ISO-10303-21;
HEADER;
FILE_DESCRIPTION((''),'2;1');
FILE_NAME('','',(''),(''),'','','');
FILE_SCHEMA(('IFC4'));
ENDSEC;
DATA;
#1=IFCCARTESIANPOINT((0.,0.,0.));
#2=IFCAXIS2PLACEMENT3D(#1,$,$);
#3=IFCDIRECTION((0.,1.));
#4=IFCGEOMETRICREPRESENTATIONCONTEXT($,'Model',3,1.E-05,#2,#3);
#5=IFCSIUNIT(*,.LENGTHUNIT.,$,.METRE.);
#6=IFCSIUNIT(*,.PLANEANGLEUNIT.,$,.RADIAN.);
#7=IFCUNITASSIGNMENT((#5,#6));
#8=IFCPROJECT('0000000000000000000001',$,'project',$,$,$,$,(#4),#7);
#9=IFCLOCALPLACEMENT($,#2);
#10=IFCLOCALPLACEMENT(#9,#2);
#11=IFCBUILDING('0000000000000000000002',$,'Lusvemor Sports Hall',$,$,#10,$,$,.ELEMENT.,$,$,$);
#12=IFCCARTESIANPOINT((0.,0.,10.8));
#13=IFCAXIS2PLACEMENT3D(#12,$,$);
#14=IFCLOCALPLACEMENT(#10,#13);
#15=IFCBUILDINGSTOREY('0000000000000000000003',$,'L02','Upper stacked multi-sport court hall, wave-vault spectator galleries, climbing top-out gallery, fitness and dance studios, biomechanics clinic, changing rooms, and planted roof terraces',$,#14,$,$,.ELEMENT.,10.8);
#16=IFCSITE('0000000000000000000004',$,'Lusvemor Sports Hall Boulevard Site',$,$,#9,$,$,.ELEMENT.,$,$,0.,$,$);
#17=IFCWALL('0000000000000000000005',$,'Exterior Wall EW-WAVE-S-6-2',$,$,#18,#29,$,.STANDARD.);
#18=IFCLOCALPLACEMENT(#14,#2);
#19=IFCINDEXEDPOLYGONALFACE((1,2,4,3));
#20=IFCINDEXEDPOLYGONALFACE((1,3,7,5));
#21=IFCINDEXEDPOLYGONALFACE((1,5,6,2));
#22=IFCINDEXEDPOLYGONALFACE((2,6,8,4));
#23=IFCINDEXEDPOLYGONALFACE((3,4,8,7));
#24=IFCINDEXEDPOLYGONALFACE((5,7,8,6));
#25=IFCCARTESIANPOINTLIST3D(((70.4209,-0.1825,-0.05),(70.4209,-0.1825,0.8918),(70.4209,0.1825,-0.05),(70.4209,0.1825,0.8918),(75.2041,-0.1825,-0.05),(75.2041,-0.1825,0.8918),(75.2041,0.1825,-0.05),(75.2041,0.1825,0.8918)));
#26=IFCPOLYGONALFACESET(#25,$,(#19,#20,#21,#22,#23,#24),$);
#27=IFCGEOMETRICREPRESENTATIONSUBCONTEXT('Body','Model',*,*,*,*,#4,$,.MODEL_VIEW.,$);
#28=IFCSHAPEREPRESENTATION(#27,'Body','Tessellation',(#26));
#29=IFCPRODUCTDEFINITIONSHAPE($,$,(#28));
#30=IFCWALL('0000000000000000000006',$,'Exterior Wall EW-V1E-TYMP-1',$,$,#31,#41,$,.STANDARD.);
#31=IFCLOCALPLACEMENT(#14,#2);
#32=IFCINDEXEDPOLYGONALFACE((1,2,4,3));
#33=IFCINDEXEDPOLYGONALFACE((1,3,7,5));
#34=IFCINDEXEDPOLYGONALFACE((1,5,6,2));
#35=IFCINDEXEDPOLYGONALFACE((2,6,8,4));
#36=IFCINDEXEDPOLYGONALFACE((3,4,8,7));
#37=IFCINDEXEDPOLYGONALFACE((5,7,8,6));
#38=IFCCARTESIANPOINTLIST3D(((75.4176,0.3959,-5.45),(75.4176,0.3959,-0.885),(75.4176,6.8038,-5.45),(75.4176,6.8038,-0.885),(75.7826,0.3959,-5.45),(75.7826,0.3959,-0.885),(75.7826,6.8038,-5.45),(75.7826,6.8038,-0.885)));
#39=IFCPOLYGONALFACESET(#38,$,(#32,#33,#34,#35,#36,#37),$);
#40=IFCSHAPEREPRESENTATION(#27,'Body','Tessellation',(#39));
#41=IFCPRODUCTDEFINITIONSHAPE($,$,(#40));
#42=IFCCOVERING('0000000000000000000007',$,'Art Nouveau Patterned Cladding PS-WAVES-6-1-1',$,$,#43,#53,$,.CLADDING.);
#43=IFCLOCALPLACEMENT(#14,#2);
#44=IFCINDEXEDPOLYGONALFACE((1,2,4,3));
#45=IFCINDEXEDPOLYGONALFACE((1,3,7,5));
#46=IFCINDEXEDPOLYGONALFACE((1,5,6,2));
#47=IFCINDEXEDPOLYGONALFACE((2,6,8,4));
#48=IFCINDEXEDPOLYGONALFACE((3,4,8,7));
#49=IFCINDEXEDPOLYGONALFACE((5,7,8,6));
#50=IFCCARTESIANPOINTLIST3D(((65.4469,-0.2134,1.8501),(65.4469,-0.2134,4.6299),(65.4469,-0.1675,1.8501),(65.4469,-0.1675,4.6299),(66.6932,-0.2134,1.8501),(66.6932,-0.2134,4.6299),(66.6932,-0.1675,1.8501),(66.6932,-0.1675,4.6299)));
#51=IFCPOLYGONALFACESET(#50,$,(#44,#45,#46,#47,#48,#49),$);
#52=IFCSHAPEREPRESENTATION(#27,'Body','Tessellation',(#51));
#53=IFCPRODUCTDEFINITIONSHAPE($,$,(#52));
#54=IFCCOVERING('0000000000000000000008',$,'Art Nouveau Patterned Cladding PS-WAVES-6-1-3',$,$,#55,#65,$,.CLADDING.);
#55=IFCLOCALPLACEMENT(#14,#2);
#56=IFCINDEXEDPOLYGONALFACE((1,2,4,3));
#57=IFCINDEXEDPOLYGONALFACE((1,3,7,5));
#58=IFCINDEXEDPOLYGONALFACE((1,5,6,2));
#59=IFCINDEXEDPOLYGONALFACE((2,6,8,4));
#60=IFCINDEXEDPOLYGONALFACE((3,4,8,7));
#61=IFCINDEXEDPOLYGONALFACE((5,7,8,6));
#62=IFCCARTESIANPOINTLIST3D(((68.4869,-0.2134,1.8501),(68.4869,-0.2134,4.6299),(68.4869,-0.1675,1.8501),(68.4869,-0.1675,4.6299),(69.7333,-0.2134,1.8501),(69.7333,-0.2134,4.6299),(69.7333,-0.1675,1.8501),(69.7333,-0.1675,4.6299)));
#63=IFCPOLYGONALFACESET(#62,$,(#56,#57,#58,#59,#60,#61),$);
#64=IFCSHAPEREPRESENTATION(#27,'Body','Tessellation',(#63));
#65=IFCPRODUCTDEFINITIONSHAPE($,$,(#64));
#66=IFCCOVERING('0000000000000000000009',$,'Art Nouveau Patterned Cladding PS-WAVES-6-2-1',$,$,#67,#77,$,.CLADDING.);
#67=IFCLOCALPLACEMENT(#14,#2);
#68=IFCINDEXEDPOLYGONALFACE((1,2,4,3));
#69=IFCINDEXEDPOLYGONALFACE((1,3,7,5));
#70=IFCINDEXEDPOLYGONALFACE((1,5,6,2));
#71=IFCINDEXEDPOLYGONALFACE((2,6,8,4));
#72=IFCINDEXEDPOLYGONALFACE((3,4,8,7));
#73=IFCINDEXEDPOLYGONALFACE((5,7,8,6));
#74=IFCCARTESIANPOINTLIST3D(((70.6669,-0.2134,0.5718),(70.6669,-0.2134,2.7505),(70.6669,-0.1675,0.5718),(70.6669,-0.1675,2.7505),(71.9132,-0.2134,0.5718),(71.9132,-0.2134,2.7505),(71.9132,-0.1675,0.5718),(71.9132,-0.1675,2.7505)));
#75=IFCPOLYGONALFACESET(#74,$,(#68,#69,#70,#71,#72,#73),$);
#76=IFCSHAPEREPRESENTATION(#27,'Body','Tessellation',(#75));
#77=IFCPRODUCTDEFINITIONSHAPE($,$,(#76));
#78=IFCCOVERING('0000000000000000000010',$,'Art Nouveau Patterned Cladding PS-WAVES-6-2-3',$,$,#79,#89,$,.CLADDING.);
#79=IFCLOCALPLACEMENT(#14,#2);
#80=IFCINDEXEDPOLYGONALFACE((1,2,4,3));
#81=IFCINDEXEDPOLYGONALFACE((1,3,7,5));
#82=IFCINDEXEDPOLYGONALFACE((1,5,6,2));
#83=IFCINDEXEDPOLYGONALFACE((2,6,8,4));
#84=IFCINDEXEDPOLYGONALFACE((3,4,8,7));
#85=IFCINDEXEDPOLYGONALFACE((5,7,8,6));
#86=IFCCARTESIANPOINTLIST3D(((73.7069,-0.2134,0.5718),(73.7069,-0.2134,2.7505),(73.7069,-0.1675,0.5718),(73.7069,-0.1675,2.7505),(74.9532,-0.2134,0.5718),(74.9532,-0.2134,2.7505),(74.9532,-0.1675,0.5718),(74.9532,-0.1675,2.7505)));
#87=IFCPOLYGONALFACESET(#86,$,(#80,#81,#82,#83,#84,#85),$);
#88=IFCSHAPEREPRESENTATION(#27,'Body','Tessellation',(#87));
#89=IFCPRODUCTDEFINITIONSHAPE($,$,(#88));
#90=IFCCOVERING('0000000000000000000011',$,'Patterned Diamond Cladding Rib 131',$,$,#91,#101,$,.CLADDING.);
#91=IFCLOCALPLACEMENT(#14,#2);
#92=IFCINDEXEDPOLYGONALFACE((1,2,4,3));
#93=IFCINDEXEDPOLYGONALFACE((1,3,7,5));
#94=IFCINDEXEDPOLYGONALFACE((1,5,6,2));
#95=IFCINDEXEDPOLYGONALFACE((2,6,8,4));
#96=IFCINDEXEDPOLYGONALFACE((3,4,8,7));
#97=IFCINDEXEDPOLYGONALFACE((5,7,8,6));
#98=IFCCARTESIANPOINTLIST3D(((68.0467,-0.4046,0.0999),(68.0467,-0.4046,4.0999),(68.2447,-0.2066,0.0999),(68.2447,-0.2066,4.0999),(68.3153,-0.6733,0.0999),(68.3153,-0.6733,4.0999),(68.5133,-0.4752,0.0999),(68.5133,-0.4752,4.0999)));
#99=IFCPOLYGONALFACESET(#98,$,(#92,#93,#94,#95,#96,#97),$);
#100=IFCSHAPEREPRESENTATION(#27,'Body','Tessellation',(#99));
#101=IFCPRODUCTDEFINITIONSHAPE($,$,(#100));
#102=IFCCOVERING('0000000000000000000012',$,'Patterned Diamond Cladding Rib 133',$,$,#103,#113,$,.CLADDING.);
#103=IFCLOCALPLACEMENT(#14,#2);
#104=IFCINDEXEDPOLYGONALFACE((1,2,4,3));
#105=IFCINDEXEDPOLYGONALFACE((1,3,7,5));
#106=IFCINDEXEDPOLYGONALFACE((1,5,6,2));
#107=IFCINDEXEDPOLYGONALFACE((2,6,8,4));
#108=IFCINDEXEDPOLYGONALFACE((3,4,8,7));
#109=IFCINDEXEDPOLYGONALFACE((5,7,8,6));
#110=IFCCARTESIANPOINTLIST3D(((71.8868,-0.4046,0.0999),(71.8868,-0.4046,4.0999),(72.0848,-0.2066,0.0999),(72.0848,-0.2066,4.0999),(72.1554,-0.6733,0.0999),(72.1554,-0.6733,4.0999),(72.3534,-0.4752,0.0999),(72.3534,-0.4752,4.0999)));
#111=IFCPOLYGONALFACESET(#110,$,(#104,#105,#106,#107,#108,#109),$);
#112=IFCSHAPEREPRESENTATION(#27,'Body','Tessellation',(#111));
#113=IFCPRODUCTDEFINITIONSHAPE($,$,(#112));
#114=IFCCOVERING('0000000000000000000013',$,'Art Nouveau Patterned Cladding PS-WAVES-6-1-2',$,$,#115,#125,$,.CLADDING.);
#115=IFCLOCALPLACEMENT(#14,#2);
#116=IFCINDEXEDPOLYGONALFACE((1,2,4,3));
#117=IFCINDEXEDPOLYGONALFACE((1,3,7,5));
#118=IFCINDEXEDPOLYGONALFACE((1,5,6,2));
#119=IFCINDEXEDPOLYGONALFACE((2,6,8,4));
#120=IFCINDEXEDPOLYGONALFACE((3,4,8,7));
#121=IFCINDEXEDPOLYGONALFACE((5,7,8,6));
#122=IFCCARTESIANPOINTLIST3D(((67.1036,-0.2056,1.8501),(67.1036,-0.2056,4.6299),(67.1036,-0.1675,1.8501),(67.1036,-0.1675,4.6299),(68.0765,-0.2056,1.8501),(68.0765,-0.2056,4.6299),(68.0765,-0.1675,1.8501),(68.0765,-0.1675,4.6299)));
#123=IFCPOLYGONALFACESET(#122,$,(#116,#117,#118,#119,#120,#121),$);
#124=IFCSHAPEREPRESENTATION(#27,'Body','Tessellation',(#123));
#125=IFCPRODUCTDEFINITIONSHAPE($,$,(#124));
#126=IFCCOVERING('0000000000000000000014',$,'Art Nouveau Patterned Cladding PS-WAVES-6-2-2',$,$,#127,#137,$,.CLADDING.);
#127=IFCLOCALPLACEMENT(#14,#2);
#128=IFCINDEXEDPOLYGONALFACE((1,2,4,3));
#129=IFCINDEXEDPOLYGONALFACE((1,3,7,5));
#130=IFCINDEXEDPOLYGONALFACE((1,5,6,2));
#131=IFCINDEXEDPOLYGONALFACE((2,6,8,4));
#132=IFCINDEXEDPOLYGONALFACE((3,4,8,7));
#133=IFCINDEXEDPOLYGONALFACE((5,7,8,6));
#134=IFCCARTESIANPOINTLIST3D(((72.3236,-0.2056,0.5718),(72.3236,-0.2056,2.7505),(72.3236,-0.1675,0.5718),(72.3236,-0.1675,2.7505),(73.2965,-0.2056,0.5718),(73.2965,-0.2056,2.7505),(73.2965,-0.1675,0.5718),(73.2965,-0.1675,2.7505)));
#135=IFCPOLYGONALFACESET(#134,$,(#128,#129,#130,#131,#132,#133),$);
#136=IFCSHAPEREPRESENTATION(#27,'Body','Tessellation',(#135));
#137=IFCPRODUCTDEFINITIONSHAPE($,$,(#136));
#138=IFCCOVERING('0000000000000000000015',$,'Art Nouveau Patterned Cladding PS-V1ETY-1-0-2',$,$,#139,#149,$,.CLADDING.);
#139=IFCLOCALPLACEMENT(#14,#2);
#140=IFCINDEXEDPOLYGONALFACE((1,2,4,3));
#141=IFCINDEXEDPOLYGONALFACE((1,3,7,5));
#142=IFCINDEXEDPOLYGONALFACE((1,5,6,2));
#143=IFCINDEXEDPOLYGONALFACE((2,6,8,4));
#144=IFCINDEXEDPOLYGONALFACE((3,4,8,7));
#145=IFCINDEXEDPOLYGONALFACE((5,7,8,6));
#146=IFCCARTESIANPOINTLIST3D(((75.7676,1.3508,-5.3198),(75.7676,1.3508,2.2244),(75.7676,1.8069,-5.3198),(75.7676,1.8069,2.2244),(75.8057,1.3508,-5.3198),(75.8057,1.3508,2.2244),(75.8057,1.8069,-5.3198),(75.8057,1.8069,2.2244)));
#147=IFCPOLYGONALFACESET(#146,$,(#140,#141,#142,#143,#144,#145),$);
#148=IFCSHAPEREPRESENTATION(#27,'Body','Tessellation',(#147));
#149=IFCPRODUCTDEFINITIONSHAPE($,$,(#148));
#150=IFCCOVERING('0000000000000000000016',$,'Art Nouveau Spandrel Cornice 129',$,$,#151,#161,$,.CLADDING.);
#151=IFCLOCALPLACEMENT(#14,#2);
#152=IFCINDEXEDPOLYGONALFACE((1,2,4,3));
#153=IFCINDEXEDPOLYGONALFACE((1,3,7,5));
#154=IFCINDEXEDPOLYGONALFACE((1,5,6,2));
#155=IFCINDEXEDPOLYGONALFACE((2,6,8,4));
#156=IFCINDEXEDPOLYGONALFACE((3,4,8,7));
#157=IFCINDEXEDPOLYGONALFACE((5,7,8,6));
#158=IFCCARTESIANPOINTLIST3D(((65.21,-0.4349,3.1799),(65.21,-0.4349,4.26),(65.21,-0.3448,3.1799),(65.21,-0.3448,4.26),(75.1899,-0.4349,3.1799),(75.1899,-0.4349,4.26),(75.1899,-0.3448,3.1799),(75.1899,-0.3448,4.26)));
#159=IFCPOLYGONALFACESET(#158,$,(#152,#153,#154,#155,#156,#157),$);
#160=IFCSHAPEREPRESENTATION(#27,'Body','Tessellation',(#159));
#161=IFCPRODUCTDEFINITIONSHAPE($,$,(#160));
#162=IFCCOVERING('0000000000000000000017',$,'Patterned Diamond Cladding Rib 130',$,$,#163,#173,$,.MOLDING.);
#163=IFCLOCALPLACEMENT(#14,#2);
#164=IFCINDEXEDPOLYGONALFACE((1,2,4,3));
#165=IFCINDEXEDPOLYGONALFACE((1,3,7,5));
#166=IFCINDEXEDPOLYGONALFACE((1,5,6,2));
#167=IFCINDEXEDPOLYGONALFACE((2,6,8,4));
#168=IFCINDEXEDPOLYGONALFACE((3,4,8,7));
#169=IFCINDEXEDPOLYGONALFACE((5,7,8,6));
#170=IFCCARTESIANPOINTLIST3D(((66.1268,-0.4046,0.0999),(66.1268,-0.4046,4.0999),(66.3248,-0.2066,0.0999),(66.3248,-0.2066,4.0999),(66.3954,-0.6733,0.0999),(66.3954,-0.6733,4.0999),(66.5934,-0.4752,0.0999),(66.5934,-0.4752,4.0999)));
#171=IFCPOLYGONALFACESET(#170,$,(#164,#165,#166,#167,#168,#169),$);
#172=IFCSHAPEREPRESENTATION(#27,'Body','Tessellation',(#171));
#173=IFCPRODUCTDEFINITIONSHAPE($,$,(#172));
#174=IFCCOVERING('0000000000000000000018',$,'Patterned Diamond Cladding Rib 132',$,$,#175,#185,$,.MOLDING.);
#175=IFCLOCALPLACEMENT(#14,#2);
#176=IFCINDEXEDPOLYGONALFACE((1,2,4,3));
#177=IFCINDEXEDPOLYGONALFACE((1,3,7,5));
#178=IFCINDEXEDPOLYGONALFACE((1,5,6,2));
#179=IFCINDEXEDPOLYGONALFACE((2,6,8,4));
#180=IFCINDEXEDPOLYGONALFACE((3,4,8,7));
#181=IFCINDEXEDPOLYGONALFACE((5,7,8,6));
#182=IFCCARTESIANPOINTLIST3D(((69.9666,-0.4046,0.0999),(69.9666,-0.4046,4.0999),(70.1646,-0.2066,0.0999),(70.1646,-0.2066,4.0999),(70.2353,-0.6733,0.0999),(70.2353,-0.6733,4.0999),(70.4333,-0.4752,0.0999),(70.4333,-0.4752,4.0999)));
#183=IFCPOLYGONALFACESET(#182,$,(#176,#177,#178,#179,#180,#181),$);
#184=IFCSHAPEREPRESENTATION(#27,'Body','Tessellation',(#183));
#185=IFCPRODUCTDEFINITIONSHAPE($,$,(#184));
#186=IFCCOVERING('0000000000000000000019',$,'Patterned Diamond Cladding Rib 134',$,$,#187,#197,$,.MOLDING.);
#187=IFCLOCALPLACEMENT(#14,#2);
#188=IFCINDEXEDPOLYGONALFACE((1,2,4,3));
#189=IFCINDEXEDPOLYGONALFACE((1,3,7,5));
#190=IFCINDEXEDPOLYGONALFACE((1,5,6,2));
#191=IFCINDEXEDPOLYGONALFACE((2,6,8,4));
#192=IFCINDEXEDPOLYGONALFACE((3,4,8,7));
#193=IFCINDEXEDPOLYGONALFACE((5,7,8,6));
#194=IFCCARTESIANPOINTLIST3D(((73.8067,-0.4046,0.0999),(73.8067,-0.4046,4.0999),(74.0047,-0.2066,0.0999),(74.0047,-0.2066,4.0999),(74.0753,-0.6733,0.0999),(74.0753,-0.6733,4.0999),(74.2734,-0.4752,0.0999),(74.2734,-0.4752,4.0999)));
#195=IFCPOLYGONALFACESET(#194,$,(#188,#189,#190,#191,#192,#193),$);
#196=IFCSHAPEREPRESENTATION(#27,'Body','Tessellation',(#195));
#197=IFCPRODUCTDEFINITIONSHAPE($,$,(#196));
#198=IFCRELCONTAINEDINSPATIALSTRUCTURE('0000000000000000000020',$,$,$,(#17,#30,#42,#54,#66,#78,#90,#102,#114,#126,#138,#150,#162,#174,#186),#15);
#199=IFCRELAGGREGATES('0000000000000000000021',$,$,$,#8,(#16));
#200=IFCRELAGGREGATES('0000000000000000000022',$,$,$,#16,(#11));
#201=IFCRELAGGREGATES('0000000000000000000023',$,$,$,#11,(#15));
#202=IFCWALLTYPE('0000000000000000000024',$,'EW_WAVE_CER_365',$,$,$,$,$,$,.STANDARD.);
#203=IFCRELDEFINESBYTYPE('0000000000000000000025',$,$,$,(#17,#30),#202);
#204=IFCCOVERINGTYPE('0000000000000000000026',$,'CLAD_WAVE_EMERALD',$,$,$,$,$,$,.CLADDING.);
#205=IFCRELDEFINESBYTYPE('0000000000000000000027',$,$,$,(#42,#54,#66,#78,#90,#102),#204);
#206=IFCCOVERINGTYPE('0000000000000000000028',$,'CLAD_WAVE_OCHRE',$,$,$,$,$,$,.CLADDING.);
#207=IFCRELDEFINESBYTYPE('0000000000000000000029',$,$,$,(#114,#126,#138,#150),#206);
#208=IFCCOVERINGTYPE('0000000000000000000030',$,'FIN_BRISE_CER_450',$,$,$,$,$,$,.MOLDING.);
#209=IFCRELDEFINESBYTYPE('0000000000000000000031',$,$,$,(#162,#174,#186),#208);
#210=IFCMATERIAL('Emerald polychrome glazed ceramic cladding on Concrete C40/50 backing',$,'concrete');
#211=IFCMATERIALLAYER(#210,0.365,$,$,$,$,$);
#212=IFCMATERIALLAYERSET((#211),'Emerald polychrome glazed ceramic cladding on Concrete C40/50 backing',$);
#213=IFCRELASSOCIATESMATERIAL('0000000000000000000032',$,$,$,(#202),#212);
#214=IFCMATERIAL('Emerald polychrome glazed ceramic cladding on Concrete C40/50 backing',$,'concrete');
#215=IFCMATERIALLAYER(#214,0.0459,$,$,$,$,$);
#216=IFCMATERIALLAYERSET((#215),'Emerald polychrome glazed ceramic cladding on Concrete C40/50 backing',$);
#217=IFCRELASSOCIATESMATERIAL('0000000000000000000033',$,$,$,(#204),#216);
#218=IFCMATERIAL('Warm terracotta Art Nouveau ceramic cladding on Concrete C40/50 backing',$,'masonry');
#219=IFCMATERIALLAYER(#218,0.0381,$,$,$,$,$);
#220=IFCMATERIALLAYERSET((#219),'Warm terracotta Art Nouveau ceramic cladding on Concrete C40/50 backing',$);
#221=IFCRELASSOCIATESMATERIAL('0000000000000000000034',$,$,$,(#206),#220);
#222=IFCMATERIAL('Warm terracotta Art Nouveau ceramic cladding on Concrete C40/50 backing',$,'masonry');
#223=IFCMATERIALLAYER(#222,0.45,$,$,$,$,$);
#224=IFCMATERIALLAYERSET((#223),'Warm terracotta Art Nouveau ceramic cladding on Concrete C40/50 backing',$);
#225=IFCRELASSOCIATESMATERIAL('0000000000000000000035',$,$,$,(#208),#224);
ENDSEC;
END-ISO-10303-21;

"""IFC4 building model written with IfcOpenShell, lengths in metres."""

from ifc_helpers import new_model, si_unit, direction, frame, frame_2d, origin, origin_2d, place, context, subcontext, project, spatial, rectangle, extrude, material, layer, layer_set, type_object, element, save


model = new_model("IFC4")

# Units and contexts
model_context = context("Model", 3, precision=1e-05, world=origin(), true_north=direction((0.0, 1.0)))
body_context = subcontext(model_context, "Body", "Model", "MODEL_VIEW")
ifc_project = project(units=[si_unit("LENGTHUNIT", "METRE"), si_unit("PLANEANGLEUNIT", "RADIAN")], contexts=[model_context])

# Site, building, storey
site_placement = place(None, origin())
site = spatial("IfcSite", under=ifc_project, at=site_placement, Name="Lusvemor Sports Hall Boulevard Site", CompositionType="ELEMENT", RefElevation=0.0)
building_placement = place(site_placement, origin())
building = spatial("IfcBuilding", under=site, at=building_placement, Name="Lusvemor Sports Hall", CompositionType="ELEMENT")
storey_placement = place(building_placement, frame((0.0, 0.0, 10.8)))
storey = spatial("IfcBuildingStorey", under=building, at=storey_placement, Name="L02", Description="Upper stacked multi-sport court hall, wave-vault spectator galleries, climbing top-out gallery, fitness and dance studios, biomechanics clinic, changing rooms, and planted roof terraces", CompositionType="ELEMENT", Elevation=10.8)

# Walls
ifc_material_1 = material(Name="Emerald polychrome glazed ceramic cladding on Concrete C40/50 backing", Category="concrete")
ifc_layer_1 = layer(ifc_material_1, 0.365)
ifc_layer_set_1 = layer_set([ifc_layer_1], Name="Emerald polychrome glazed ceramic cladding on Concrete C40/50 backing")
wall_type = type_object("IfcWallType", Name="EW_WAVE_CER_365", PredefinedType="STANDARD", material=ifc_layer_set_1)
wall_1_placement = place(storey_placement, frame((75.2041, 0.0, -0.05), z_axis=(0.0, 0.0, 1.0), x_axis=(-1.0, 0.0, 0.0)))
element("IfcWall", 1, at=wall_1_placement, inside=storey, type_object=wall_type, Name="Exterior Wall EW-WAVE-S-6-2", PredefinedType="STANDARD", context=body_context, shape_type="SweptSolid", body=[
    extrude(rectangle(XDim=4.7832, YDim=0.365, at=frame_2d((2.3916, 0.0))), origin(), (0.0, 0.0, 1.0), 0.9419),
])
wall_2_placement = place(storey_placement, frame((75.6001, 6.804, -5.45), z_axis=(0.0, 0.0, 1.0), x_axis=(0.0, -1.0, 0.0)))
element("IfcWall", 2, at=wall_2_placement, inside=storey, type_object=wall_type, Name="Exterior Wall EW-V1E-TYMP-1", PredefinedType="STANDARD", context=body_context, shape_type="SweptSolid", body=[
    extrude(rectangle(XDim=6.408, YDim=0.365, at=frame_2d((3.2041, 0.0))), origin(), (0.0, 0.0, 1.0), 4.5649),
])

# Coverings
ifc_material_2 = material(Name="Emerald polychrome glazed ceramic cladding on Concrete C40/50 backing", Category="concrete")
ifc_layer_2 = layer(ifc_material_2, 0.0459)
ifc_layer_set_2 = layer_set([ifc_layer_2], Name="Emerald polychrome glazed ceramic cladding on Concrete C40/50 backing")
covering_type_1 = type_object("IfcCoveringType", Name="CLAD_WAVE_EMERALD", PredefinedType="CLADDING", material=ifc_layer_set_2)
for number, where, z_axis, x_axis, name in (
    (3, (66.0701, -0.1904, 1.8501), (0.0, 0.0, 1.0), (1.0, 0.0, 0.0), "Art Nouveau Patterned Cladding PS-WAVES-6-1-1"),
    (4, (69.1101, -0.1904, 1.8501), (0.0, 0.0, 1.0), (1.0, 0.0, 0.0), "Art Nouveau Patterned Cladding PS-WAVES-6-1-3"),
):
    element("IfcCovering", number, at=place(storey_placement, frame(where, z_axis=z_axis, x_axis=x_axis)), inside=storey, type_object=covering_type_1, Name=name, PredefinedType="CLADDING", context=body_context, shape_type="SweptSolid", body=[
        extrude(rectangle(XDim=1.2463, YDim=0.0459, at=origin_2d()), origin(), (0.0, 0.0, 1.0), 2.7798),
    ])
for number, where, z_axis, x_axis, name in (
    (5, (71.29, -0.1904, 0.5718), (0.0, 0.0, 1.0), (1.0, 0.0, 0.0), "Art Nouveau Patterned Cladding PS-WAVES-6-2-1"),
    (6, (74.3301, -0.1904, 0.5718), (0.0, 0.0, 1.0), (1.0, 0.0, 0.0), "Art Nouveau Patterned Cladding PS-WAVES-6-2-3"),
):
    element("IfcCovering", number, at=place(storey_placement, frame(where, z_axis=z_axis, x_axis=x_axis)), inside=storey, type_object=covering_type_1, Name=name, PredefinedType="CLADDING", context=body_context, shape_type="SweptSolid", body=[
        extrude(rectangle(XDim=1.2463, YDim=0.0459, at=origin_2d()), origin(), (0.0, 0.0, 1.0), 2.1787),
    ])
for number, where, z_axis, x_axis, name in (
    (7, (68.28, -0.4399, 0.0999), (0.0, 0.0, 1.0), (0.707107, 0.707107, 0.0), "Patterned Diamond Cladding Rib 131"),
    (8, (72.1201, -0.4399, 0.0999), (0.0, 0.0, 1.0), (0.707107, 0.707107, 0.0), "Patterned Diamond Cladding Rib 133"),
):
    element("IfcCovering", number, at=place(storey_placement, frame(where, z_axis=z_axis, x_axis=x_axis)), inside=storey, type_object=covering_type_1, Name=name, PredefinedType="CLADDING", context=body_context, shape_type="SweptSolid", body=[
        extrude(rectangle(XDim=0.28, YDim=0.3799, at=origin_2d()), origin(), (0.0, 0.0, 1.0), 4.0),
    ])
ifc_material_3 = material(Name="Warm terracotta Art Nouveau ceramic cladding on Concrete C40/50 backing", Category="masonry")
ifc_layer_3 = layer(ifc_material_3, 0.0381)
ifc_layer_set_3 = layer_set([ifc_layer_3], Name="Warm terracotta Art Nouveau ceramic cladding on Concrete C40/50 backing")
covering_type_2 = type_object("IfcCoveringType", Name="CLAD_WAVE_OCHRE", PredefinedType="CLADDING", material=ifc_layer_set_3)
covering_1_placement = place(storey_placement, frame((67.5901, -0.1865, 1.8501), z_axis=(0.0, 0.0, 1.0), x_axis=(1.0, 0.0, 0.0)))
element("IfcCovering", 9, at=covering_1_placement, inside=storey, type_object=covering_type_2, Name="Art Nouveau Patterned Cladding PS-WAVES-6-1-2", PredefinedType="CLADDING", context=body_context, shape_type="SweptSolid", body=[
    extrude(rectangle(XDim=0.9729, YDim=0.0381, at=origin_2d()), origin(), (0.0, 0.0, 1.0), 2.7798),
])
covering_2_placement = place(storey_placement, frame((72.8101, -0.1865, 0.5718), z_axis=(0.0, 0.0, 1.0), x_axis=(1.0, 0.0, 0.0)))
element("IfcCovering", 10, at=covering_2_placement, inside=storey, type_object=covering_type_2, Name="Art Nouveau Patterned Cladding PS-WAVES-6-2-2", PredefinedType="CLADDING", context=body_context, shape_type="SweptSolid", body=[
    extrude(rectangle(XDim=0.9729, YDim=0.0381, at=origin_2d()), origin(), (0.0, 0.0, 1.0), 2.1787),
])
covering_3_placement = place(storey_placement, frame((75.7866, 1.5789, -5.3198), z_axis=(0.0, 0.0, 1.0), x_axis=(1.0, 0.0, 0.0)))
element("IfcCovering", 11, at=covering_3_placement, inside=storey, type_object=covering_type_2, Name="Art Nouveau Patterned Cladding PS-V1ETY-1-0-2", PredefinedType="CLADDING", context=body_context, shape_type="SweptSolid", body=[
    extrude(rectangle(XDim=0.0381, YDim=0.4561, at=origin_2d()), origin(), (0.0, 0.0, 1.0), 7.5442),
])
covering_4_placement = place(storey_placement, frame((70.2, -0.3899, 3.1799), z_axis=(0.0, 0.0, 1.0), x_axis=(1.0, 0.0, 0.0)))
element("IfcCovering", 12, at=covering_4_placement, inside=storey, type_object=covering_type_2, Name="Art Nouveau Spandrel Cornice 129", PredefinedType="CLADDING", context=body_context, shape_type="SweptSolid", body=[
    extrude(rectangle(XDim=9.98, YDim=0.0901, at=origin_2d()), origin(), (0.0, 0.0, 1.0), 1.0801),
])
ifc_material_4 = material(Name="Warm terracotta Art Nouveau ceramic cladding on Concrete C40/50 backing", Category="masonry")
ifc_layer_4 = layer(ifc_material_4, 0.45)
ifc_layer_set_4 = layer_set([ifc_layer_4], Name="Warm terracotta Art Nouveau ceramic cladding on Concrete C40/50 backing")
covering_type_3 = type_object("IfcCoveringType", Name="FIN_BRISE_CER_450", PredefinedType="MOLDING", material=ifc_layer_set_4)
for number, where, z_axis, x_axis, name in (
    (13, (66.3601, -0.4399, 0.0999), (0.0, 0.0, 1.0), (0.707107, 0.707107, 0.0), "Patterned Diamond Cladding Rib 130"),
    (14, (70.2, -0.4399, 0.0999), (0.0, 0.0, 1.0), (0.707107, 0.707107, 0.0), "Patterned Diamond Cladding Rib 132"),
    (15, (74.04, -0.4399, 0.0999), (0.0, 0.0, 1.0), (0.707107, 0.707107, 0.0), "Patterned Diamond Cladding Rib 134"),
):
    element("IfcCovering", number, at=place(storey_placement, frame(where, z_axis=z_axis, x_axis=x_axis)), inside=storey, type_object=covering_type_3, Name=name, PredefinedType="MOLDING", context=body_context, shape_type="SweptSolid", body=[
        extrude(rectangle(XDim=0.28, YDim=0.3799, at=origin_2d()), origin(), (0.0, 0.0, 1.0), 4.0),
    ])

save(model, "model.ifc")
